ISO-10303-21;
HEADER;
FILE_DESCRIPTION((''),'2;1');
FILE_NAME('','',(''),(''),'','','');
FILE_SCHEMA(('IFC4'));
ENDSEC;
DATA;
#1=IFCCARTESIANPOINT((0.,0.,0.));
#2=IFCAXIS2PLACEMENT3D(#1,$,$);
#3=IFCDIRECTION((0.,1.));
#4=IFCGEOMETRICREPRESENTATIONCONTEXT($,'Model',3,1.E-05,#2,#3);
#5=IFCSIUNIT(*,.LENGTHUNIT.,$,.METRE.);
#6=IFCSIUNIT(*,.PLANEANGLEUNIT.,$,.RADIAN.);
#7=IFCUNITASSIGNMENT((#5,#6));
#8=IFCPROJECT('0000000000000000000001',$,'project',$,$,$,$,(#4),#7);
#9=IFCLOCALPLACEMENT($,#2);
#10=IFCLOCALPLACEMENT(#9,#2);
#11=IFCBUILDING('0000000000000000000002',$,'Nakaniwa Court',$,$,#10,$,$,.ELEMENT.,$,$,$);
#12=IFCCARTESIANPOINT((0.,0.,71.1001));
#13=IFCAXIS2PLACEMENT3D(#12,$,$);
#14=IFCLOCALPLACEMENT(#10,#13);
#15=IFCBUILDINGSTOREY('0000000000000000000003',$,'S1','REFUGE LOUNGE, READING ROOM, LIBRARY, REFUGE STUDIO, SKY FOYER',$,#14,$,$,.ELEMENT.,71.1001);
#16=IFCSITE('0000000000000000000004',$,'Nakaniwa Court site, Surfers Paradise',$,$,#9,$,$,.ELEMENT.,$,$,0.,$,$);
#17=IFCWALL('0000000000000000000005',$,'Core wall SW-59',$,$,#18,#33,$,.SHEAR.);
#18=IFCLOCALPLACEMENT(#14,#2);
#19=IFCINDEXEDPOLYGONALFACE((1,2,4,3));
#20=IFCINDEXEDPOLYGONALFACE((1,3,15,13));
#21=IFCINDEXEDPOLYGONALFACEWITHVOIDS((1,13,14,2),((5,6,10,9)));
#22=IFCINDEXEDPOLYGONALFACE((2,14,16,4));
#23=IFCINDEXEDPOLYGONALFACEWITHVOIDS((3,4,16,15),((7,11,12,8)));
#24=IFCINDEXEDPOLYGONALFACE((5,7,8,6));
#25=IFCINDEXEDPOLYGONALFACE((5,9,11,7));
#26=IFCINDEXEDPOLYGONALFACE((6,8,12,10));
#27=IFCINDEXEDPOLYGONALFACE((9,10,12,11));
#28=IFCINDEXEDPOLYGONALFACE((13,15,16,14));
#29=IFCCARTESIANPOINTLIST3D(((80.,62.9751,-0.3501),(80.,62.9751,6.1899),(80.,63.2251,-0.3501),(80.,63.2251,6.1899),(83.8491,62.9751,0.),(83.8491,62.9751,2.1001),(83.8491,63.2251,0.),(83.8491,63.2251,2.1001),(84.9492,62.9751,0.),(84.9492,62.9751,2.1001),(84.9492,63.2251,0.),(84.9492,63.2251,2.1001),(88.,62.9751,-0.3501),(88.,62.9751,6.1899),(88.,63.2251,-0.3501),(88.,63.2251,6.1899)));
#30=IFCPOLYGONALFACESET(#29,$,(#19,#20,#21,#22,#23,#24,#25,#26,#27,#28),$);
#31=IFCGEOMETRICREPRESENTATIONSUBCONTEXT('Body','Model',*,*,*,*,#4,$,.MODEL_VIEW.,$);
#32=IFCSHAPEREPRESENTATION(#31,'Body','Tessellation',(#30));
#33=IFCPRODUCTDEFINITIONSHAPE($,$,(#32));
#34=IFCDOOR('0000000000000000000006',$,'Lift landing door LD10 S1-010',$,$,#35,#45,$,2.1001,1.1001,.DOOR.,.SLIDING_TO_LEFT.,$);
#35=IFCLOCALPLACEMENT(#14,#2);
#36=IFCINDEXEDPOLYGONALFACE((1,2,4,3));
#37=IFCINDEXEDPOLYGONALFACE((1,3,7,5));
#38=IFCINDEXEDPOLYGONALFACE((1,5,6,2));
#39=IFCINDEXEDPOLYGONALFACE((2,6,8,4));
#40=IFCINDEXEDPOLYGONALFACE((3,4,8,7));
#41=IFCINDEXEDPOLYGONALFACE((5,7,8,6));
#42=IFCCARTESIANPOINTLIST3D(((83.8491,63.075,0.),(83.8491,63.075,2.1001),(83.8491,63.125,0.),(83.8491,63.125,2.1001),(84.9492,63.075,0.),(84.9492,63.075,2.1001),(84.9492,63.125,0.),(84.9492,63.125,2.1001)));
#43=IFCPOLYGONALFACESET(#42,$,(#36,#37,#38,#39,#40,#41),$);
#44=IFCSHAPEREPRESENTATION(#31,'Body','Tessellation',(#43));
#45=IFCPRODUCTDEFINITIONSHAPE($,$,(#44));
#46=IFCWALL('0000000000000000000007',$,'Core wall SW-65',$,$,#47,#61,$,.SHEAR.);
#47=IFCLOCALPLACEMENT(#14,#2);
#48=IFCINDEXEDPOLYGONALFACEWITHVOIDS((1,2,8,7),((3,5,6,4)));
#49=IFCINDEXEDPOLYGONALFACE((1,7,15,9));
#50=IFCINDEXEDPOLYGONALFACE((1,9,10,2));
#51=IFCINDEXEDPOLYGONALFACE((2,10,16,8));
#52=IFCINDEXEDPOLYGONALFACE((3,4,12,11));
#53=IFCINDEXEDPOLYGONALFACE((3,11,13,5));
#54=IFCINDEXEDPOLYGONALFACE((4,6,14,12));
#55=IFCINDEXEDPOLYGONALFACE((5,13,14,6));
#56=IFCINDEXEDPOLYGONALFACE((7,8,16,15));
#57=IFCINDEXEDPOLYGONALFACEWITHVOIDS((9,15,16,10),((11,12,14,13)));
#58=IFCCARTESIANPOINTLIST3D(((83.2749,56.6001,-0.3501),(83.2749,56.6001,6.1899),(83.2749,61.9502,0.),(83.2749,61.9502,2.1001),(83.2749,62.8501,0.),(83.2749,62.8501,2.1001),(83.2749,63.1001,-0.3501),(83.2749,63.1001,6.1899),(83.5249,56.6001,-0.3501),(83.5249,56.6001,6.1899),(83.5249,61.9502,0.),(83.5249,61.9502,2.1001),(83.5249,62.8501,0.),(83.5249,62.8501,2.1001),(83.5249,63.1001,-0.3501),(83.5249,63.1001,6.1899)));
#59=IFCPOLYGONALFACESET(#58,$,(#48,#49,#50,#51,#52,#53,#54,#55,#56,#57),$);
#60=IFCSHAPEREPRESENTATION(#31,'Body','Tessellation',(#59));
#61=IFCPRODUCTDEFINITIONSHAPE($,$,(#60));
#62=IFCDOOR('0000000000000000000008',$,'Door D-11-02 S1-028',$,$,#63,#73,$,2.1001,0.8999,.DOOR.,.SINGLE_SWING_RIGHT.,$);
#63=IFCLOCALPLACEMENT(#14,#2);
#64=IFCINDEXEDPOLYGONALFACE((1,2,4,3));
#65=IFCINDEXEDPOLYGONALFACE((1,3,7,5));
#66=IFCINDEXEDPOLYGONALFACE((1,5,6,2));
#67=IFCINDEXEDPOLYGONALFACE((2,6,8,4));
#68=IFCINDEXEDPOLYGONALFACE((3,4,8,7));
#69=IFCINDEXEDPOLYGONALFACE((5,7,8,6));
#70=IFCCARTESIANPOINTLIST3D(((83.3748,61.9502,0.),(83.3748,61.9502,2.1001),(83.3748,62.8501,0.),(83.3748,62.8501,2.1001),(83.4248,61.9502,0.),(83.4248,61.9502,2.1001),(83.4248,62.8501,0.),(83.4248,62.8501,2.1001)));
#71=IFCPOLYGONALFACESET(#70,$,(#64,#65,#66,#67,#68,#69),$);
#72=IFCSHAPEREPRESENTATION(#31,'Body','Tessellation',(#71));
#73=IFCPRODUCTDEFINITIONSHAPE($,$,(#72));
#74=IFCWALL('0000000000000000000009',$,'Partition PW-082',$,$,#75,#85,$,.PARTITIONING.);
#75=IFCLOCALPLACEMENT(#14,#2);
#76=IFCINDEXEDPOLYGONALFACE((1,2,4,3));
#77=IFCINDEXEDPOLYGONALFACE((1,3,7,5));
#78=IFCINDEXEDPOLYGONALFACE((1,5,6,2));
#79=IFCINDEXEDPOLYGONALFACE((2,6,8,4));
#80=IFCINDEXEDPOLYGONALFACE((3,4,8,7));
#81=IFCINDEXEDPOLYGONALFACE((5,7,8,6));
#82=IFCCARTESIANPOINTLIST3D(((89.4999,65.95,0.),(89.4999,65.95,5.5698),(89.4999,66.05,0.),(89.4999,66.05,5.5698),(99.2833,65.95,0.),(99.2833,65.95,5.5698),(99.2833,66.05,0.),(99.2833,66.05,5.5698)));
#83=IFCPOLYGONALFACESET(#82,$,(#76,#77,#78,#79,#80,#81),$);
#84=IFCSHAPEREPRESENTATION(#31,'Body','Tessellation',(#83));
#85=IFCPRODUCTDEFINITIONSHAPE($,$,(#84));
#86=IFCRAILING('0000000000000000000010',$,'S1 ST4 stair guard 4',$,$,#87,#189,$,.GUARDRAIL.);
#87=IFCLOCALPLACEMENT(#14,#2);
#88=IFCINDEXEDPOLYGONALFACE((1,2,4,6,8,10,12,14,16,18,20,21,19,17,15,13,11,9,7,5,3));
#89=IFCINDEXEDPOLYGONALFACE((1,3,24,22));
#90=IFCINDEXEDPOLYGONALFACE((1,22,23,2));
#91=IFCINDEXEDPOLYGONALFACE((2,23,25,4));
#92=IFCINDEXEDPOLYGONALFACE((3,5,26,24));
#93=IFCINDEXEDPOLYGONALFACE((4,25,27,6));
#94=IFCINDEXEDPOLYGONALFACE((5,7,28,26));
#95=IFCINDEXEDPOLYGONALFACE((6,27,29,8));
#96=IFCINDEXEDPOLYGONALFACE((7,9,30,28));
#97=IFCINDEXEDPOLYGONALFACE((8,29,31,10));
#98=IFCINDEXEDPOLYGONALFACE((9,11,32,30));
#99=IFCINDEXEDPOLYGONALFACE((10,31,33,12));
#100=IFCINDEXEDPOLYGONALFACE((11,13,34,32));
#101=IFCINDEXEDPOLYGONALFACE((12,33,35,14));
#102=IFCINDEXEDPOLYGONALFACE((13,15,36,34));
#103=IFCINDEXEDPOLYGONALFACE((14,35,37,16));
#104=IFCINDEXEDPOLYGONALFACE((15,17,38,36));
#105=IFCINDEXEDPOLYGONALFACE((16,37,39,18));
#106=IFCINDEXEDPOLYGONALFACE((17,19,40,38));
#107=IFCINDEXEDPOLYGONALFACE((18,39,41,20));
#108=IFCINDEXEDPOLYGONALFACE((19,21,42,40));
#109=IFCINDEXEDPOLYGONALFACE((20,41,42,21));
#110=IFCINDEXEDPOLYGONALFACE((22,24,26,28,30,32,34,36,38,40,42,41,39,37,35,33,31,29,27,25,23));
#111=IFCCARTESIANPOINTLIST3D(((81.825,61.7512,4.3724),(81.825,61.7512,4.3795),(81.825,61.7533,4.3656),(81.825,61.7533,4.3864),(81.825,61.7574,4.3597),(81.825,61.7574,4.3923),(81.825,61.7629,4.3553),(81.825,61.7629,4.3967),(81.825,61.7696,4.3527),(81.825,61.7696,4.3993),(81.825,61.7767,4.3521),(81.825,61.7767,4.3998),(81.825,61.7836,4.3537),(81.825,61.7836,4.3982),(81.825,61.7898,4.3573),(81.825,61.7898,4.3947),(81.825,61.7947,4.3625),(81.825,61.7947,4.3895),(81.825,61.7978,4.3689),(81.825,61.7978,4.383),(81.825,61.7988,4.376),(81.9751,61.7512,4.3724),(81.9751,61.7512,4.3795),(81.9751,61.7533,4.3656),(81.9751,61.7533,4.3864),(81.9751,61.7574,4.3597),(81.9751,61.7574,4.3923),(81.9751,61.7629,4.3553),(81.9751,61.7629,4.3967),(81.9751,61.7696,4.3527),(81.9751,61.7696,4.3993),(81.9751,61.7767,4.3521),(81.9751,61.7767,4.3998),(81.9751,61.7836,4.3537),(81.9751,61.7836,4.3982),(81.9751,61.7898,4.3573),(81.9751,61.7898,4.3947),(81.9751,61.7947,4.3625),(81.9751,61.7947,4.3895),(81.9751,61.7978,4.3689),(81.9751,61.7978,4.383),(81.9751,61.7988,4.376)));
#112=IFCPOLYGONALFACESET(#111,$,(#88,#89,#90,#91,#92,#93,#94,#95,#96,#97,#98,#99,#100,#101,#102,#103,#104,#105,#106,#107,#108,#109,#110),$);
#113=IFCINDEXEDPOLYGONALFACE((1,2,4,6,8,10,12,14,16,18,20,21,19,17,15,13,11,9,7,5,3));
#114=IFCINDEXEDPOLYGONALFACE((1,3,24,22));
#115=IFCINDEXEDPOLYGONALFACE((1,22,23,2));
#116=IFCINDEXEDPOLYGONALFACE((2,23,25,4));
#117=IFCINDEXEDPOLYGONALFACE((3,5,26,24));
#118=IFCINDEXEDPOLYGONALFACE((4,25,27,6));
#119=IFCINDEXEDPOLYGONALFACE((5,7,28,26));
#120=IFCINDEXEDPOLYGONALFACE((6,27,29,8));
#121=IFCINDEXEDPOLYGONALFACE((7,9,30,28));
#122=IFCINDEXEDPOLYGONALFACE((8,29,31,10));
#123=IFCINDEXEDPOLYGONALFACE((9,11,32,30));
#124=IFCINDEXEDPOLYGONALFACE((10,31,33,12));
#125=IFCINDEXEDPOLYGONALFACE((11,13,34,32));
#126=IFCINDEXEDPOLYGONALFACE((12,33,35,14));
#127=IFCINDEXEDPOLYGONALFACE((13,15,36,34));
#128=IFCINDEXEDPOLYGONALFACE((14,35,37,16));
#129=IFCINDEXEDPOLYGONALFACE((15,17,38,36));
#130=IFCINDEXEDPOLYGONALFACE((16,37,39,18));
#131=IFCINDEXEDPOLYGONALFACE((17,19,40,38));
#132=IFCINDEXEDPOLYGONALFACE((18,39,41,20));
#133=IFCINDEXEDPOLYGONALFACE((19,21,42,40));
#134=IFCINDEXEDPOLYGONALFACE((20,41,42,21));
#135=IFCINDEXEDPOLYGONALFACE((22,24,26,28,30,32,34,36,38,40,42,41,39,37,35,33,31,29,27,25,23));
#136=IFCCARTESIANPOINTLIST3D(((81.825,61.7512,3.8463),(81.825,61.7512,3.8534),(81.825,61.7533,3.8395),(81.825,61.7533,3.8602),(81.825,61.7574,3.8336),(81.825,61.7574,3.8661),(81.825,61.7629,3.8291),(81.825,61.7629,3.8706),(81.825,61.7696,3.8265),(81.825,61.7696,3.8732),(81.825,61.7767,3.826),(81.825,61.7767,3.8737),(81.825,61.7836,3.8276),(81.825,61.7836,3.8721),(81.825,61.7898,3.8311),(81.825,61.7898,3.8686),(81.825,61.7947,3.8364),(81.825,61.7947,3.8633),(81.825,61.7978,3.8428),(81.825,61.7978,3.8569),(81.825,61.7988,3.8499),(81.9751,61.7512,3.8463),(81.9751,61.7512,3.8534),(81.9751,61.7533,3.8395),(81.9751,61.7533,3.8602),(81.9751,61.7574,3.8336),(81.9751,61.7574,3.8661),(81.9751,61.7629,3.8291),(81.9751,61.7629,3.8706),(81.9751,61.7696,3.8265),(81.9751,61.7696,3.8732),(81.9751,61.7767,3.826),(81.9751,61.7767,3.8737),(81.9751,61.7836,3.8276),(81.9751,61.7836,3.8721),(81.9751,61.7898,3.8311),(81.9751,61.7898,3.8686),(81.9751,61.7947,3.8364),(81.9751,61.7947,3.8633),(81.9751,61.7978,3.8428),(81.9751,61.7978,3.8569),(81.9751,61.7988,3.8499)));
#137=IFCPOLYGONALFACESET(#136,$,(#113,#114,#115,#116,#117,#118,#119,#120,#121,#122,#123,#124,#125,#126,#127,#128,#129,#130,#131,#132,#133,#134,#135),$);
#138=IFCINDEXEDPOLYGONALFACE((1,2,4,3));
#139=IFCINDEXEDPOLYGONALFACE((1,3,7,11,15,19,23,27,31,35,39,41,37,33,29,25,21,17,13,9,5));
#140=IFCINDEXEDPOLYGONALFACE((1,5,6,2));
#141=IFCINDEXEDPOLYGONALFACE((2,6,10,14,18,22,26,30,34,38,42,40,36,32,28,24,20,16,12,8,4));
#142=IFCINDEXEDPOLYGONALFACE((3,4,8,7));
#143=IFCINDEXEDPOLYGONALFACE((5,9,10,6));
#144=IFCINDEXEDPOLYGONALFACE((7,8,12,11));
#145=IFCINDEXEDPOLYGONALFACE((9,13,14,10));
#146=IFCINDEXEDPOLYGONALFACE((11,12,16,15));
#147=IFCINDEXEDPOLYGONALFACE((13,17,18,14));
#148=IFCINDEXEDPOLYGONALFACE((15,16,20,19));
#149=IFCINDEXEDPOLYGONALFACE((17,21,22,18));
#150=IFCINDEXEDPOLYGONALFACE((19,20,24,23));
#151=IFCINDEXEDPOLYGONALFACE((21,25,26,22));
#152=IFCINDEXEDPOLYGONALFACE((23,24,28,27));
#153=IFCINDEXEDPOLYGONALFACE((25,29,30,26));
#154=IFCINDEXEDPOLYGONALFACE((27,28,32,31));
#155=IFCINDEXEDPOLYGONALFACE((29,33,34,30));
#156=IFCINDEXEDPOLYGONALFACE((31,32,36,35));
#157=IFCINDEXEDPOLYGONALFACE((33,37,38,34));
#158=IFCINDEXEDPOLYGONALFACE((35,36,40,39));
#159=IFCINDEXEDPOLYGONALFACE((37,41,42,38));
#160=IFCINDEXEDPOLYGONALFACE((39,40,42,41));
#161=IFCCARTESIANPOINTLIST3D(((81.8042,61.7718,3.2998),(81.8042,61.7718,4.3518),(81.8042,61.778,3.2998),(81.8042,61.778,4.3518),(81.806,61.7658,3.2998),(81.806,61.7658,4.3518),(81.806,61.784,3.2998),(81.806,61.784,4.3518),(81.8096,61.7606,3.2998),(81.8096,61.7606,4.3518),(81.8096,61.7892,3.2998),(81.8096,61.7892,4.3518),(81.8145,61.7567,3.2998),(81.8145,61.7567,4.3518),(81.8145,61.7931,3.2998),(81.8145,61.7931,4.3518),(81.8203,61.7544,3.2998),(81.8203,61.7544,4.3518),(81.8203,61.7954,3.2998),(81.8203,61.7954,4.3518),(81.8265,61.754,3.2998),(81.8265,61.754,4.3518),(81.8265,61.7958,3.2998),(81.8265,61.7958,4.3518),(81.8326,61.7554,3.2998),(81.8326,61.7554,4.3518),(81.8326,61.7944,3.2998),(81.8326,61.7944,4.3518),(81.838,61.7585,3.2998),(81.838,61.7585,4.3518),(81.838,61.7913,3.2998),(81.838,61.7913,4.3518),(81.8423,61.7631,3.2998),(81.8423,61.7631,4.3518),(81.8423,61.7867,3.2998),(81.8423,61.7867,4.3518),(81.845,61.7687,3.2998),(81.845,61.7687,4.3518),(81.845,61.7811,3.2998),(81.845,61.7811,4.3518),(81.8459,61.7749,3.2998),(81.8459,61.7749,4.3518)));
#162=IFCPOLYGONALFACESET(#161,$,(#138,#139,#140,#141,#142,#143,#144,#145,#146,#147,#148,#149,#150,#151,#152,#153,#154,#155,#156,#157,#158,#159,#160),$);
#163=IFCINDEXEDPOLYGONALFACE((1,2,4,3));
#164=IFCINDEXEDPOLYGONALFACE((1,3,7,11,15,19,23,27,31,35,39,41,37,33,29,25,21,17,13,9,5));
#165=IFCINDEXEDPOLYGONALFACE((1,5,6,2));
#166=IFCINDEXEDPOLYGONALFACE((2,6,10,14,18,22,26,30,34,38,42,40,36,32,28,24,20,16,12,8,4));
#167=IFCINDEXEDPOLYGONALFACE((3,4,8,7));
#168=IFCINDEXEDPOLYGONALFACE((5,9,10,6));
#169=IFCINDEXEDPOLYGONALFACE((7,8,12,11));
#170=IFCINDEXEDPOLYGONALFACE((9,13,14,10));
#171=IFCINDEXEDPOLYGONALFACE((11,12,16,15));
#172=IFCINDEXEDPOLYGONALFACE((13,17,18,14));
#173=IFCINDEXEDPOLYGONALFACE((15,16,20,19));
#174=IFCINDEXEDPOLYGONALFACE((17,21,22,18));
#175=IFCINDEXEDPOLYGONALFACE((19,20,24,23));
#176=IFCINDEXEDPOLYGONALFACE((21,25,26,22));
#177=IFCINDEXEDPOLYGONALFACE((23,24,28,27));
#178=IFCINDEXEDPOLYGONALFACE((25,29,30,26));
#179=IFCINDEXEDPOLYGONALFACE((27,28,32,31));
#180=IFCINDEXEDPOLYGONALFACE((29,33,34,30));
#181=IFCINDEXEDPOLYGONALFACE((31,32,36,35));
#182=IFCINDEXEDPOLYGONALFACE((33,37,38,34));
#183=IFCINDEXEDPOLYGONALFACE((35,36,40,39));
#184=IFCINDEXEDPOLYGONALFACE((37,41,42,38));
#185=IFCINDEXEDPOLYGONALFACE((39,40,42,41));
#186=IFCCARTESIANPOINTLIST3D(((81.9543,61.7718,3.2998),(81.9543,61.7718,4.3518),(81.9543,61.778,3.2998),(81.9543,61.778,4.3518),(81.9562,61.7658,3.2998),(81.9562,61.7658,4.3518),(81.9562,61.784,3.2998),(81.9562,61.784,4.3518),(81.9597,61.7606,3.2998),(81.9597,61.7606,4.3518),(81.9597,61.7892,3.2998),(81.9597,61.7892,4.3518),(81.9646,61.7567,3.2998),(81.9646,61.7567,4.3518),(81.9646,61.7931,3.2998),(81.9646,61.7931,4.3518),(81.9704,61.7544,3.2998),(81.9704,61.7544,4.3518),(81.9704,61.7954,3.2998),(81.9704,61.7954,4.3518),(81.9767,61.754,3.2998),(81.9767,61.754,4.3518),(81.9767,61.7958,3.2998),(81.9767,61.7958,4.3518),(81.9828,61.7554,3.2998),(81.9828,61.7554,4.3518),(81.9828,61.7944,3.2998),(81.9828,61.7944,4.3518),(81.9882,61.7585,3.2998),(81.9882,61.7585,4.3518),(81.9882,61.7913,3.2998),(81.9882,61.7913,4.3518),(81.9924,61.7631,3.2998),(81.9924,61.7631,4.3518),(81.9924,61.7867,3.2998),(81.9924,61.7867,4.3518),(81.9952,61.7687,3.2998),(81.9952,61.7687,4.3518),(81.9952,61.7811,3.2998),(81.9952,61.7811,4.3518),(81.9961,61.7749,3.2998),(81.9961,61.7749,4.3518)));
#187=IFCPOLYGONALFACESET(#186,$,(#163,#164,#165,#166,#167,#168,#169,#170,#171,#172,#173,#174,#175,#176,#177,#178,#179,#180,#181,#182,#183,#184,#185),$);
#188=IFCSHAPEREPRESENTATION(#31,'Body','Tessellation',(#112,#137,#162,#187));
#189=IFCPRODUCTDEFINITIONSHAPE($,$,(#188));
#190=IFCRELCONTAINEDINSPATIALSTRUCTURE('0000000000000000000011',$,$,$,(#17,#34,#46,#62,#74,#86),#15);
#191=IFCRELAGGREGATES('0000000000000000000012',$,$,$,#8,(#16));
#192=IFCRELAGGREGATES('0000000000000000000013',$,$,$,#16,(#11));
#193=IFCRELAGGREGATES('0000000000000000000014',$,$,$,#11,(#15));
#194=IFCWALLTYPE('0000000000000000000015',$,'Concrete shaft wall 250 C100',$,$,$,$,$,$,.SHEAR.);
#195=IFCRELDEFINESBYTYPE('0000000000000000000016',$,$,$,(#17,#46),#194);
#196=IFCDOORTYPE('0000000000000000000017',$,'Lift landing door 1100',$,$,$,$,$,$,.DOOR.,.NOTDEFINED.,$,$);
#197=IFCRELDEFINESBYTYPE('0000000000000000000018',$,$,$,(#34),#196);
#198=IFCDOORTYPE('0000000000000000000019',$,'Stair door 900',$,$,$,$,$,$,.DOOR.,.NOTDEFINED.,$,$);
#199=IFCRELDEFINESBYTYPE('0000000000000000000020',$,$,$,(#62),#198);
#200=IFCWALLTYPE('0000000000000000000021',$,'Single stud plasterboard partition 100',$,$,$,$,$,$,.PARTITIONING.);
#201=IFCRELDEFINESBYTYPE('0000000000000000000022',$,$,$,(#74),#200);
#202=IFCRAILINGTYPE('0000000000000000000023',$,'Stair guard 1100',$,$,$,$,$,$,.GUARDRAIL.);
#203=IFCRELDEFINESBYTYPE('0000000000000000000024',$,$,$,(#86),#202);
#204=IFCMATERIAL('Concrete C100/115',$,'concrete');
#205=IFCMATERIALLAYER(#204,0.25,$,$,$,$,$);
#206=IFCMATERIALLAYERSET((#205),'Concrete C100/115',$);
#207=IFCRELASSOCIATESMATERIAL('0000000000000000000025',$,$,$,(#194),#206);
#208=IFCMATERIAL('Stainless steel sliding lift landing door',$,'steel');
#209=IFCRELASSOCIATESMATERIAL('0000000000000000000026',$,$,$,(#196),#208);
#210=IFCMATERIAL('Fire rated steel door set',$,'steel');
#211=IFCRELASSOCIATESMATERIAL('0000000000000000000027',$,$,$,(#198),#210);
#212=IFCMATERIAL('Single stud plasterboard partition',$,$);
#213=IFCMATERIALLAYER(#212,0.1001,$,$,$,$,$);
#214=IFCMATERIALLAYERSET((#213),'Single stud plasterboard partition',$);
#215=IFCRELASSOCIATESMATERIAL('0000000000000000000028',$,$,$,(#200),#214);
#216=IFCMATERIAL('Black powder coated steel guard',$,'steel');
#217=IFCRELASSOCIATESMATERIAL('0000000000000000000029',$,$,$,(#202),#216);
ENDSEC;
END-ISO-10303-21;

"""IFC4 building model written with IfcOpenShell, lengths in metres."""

from ifc_helpers import new_model, si_unit, direction, frame, frame_2d, origin, origin_2d, place, context, subcontext, project, spatial, rectangle, circle, extrude, material, layer, layer_set, type_object, element, fill, save


model = new_model("IFC4")

# Units and contexts
model_context = context("Model", 3, precision=1e-05, world=origin(), true_north=direction((0.0, 1.0)))
body_context = subcontext(model_context, "Body", "Model", "MODEL_VIEW")
ifc_project = project(units=[si_unit("LENGTHUNIT", "METRE"), si_unit("PLANEANGLEUNIT", "RADIAN")], contexts=[model_context])

# Site, building, storey
site_placement = place(None, origin())
site = spatial("IfcSite", under=ifc_project, at=site_placement, Name="Nakaniwa Court site, Surfers Paradise", CompositionType="ELEMENT", RefElevation=0.0)
building_placement = place(site_placement, origin())
building = spatial("IfcBuilding", under=site, at=building_placement, Name="Nakaniwa Court", CompositionType="ELEMENT")
storey_placement = place(building_placement, frame((0.0, 0.0, 71.1001)))
storey = spatial("IfcBuildingStorey", under=building, at=storey_placement, Name="S1", Description="REFUGE LOUNGE, READING ROOM, LIBRARY, REFUGE STUDIO, SKY FOYER", CompositionType="ELEMENT", Elevation=71.1001)

# Shared definitions
ifc_material_1 = material(Name="Fire rated steel door set", Category="steel")

# Shared definitions
ifc_material_2 = material(Name="Concrete C100/115", Category="concrete")
ifc_layer_1 = layer(ifc_material_2, 0.25)
ifc_layer_set_1 = layer_set([ifc_layer_1], Name="Concrete C100/115")
wall_type_1 = type_object("IfcWallType", Name="Concrete shaft wall 250 C100", PredefinedType="SHEAR", material=ifc_layer_set_1)

# Walls, openings, doors
wall_1_placement = place(storey_placement, frame((80.0, 63.1001, -0.3501), z_axis=(0.0, 0.0, 1.0), x_axis=(1.0, 0.0, 0.0)))
wall_1 = element("IfcWall", 1, at=wall_1_placement, inside=storey, type_object=wall_type_1, Name="Core wall SW-59", PredefinedType="SHEAR", context=body_context, shape_type="SweptSolid", body=[
    extrude(rectangle(XDim=8.0, YDim=0.25, at=frame_2d((4.0, 0.0))), origin(), (0.0, 0.0, 1.0), 6.54),
])
opening_1_placement = place(wall_1_placement, frame((3.8491, 0.0, 0.3501)))
opening_1 = element("IfcOpeningElement", 2, at=opening_1_placement, cuts=wall_1, PredefinedType="OPENING", context=body_context, shape_type="SweptSolid", body=[
    extrude(rectangle(XDim=1.1001, YDim=2.1001, at=frame_2d((0.55, 1.05))), frame((0.0, 0.135, 0.0), z_axis=(0.0, -1.0, 0.0), x_axis=(1.0, 0.0, 0.0)), (0.0, 0.0, 1.0), 0.27),
])
ifc_material_3 = material(Name="Stainless steel sliding lift landing door", Category="steel")
door_type_1 = type_object("IfcDoorType", Name="Lift landing door 1100", OperationType="NOTDEFINED", PredefinedType="DOOR", material=ifc_material_3)
door_1_placement = place(opening_1_placement, origin())
door_1 = element("IfcDoor", 3, at=door_1_placement, inside=storey, type_object=door_type_1, Name="Lift landing door LD10 S1-010", OperationType="SLIDING_TO_LEFT", OverallHeight=2.1001, OverallWidth=1.1001, PredefinedType="DOOR", context=body_context, shape_type="SweptSolid", body=[
    extrude(rectangle(XDim=1.1001, YDim=2.1001, at=frame_2d((0.55, 1.05))), frame((0.0, 0.0249, 0.0), z_axis=(0.0, -1.0, 0.0), x_axis=(1.0, 0.0, 0.0)), (0.0, 0.0, 1.0), 0.05),
])
fill(opening_1, door_1)
wall_2_placement = place(storey_placement, frame((83.3999, 63.1001, -0.3501), z_axis=(0.0, 0.0, 1.0), x_axis=(0.0, -1.0, 0.0)))
wall_2 = element("IfcWall", 4, at=wall_2_placement, inside=storey, type_object=wall_type_1, Name="Core wall SW-65", PredefinedType="SHEAR", context=body_context, shape_type="SweptSolid", body=[
    extrude(rectangle(XDim=6.5, YDim=0.25, at=frame_2d((3.25, 0.0))), origin(), (0.0, 0.0, 1.0), 6.54),
])
opening_2_placement = place(wall_2_placement, frame((0.25, 0.0, 0.3501)))
opening_2 = element("IfcOpeningElement", 5, at=opening_2_placement, cuts=wall_2, PredefinedType="OPENING", context=body_context, shape_type="SweptSolid", body=[
    extrude(rectangle(XDim=0.8999, YDim=2.1001, at=frame_2d((0.45, 1.05))), frame((0.0, 0.135, 0.0), z_axis=(0.0, -1.0, 0.0), x_axis=(1.0, 0.0, 0.0)), (0.0, 0.0, 1.0), 0.27),
])
door_type_2 = type_object("IfcDoorType", Name="Stair door 900", OperationType="NOTDEFINED", PredefinedType="DOOR", material=ifc_material_1)
door_2_placement = place(opening_2_placement, origin())
door_2 = element("IfcDoor", 6, at=door_2_placement, inside=storey, type_object=door_type_2, Name="Door D-11-02 S1-028", OperationType="SINGLE_SWING_RIGHT", OverallHeight=2.1001, OverallWidth=0.8999, PredefinedType="DOOR", context=body_context, shape_type="SweptSolid", body=[
    extrude(rectangle(XDim=0.8999, YDim=2.1001, at=frame_2d((0.45, 1.05))), frame((0.0, 0.0249, 0.0), z_axis=(0.0, -1.0, 0.0), x_axis=(1.0, 0.0, 0.0)), (0.0, 0.0, 1.0), 0.05),
])
fill(opening_2, door_2)

# Wall
ifc_material_4 = material(Name="Single stud plasterboard partition")
ifc_layer_2 = layer(ifc_material_4, 0.1001)
ifc_layer_set_2 = layer_set([ifc_layer_2], Name="Single stud plasterboard partition")
wall_type_2 = type_object("IfcWallType", Name="Single stud plasterboard partition 100", PredefinedType="PARTITIONING", material=ifc_layer_set_2)
wall_3_placement = place(storey_placement, frame((89.5, 66.0, 0.0), z_axis=(0.0, 0.0, 1.0), x_axis=(1.0, 0.0, 0.0)))
element("IfcWall", 7, at=wall_3_placement, inside=storey, type_object=wall_type_2, Name="Partition PW-082", PredefinedType="PARTITIONING", context=body_context, shape_type="SweptSolid", body=[
    extrude(rectangle(XDim=9.7834, YDim=0.1001, at=frame_2d((4.8916, 0.0))), origin(), (0.0, 0.0, 1.0), 5.5698),
])

# Railing
ifc_material_5 = material(Name="Black powder coated steel guard", Category="steel")
railing_type = type_object("IfcRailingType", Name="Stair guard 1100", PredefinedType="GUARDRAIL", material=ifc_material_5)
railing_1_placement = place(storey_placement, frame((81.825, 61.7749, 3.2998)))
element("IfcRailing", 8, at=railing_1_placement, inside=storey, type_object=railing_type, Name="S1 ST4 stair guard 4", PredefinedType="GUARDRAIL", context=body_context, shape_type="SweptSolid", body=[
    extrude(circle(Radius=0.0239, at=origin_2d()), frame((0.0, 0.0, 1.0762), z_axis=(1.0, 0.0, 0.0), x_axis=(0.0, 1.0, 0.0)), (0.0, 0.0, 1.0), 0.1501),
    extrude(circle(Radius=0.0239, at=origin_2d()), frame((0.0, 0.0, 0.55), z_axis=(1.0, 0.0, 0.0), x_axis=(0.0, 1.0, 0.0)), (0.0, 0.0, 1.0), 0.1501),
    extrude(circle(Radius=0.021, at=origin_2d()), origin(), (0.0, 0.0, 1.0), 1.052),
    extrude(circle(Radius=0.021, at=origin_2d()), frame((0.1501, 0.0, 0.0)), (0.0, 0.0, 1.0), 1.052),
])

save(model, "model.ifc")
